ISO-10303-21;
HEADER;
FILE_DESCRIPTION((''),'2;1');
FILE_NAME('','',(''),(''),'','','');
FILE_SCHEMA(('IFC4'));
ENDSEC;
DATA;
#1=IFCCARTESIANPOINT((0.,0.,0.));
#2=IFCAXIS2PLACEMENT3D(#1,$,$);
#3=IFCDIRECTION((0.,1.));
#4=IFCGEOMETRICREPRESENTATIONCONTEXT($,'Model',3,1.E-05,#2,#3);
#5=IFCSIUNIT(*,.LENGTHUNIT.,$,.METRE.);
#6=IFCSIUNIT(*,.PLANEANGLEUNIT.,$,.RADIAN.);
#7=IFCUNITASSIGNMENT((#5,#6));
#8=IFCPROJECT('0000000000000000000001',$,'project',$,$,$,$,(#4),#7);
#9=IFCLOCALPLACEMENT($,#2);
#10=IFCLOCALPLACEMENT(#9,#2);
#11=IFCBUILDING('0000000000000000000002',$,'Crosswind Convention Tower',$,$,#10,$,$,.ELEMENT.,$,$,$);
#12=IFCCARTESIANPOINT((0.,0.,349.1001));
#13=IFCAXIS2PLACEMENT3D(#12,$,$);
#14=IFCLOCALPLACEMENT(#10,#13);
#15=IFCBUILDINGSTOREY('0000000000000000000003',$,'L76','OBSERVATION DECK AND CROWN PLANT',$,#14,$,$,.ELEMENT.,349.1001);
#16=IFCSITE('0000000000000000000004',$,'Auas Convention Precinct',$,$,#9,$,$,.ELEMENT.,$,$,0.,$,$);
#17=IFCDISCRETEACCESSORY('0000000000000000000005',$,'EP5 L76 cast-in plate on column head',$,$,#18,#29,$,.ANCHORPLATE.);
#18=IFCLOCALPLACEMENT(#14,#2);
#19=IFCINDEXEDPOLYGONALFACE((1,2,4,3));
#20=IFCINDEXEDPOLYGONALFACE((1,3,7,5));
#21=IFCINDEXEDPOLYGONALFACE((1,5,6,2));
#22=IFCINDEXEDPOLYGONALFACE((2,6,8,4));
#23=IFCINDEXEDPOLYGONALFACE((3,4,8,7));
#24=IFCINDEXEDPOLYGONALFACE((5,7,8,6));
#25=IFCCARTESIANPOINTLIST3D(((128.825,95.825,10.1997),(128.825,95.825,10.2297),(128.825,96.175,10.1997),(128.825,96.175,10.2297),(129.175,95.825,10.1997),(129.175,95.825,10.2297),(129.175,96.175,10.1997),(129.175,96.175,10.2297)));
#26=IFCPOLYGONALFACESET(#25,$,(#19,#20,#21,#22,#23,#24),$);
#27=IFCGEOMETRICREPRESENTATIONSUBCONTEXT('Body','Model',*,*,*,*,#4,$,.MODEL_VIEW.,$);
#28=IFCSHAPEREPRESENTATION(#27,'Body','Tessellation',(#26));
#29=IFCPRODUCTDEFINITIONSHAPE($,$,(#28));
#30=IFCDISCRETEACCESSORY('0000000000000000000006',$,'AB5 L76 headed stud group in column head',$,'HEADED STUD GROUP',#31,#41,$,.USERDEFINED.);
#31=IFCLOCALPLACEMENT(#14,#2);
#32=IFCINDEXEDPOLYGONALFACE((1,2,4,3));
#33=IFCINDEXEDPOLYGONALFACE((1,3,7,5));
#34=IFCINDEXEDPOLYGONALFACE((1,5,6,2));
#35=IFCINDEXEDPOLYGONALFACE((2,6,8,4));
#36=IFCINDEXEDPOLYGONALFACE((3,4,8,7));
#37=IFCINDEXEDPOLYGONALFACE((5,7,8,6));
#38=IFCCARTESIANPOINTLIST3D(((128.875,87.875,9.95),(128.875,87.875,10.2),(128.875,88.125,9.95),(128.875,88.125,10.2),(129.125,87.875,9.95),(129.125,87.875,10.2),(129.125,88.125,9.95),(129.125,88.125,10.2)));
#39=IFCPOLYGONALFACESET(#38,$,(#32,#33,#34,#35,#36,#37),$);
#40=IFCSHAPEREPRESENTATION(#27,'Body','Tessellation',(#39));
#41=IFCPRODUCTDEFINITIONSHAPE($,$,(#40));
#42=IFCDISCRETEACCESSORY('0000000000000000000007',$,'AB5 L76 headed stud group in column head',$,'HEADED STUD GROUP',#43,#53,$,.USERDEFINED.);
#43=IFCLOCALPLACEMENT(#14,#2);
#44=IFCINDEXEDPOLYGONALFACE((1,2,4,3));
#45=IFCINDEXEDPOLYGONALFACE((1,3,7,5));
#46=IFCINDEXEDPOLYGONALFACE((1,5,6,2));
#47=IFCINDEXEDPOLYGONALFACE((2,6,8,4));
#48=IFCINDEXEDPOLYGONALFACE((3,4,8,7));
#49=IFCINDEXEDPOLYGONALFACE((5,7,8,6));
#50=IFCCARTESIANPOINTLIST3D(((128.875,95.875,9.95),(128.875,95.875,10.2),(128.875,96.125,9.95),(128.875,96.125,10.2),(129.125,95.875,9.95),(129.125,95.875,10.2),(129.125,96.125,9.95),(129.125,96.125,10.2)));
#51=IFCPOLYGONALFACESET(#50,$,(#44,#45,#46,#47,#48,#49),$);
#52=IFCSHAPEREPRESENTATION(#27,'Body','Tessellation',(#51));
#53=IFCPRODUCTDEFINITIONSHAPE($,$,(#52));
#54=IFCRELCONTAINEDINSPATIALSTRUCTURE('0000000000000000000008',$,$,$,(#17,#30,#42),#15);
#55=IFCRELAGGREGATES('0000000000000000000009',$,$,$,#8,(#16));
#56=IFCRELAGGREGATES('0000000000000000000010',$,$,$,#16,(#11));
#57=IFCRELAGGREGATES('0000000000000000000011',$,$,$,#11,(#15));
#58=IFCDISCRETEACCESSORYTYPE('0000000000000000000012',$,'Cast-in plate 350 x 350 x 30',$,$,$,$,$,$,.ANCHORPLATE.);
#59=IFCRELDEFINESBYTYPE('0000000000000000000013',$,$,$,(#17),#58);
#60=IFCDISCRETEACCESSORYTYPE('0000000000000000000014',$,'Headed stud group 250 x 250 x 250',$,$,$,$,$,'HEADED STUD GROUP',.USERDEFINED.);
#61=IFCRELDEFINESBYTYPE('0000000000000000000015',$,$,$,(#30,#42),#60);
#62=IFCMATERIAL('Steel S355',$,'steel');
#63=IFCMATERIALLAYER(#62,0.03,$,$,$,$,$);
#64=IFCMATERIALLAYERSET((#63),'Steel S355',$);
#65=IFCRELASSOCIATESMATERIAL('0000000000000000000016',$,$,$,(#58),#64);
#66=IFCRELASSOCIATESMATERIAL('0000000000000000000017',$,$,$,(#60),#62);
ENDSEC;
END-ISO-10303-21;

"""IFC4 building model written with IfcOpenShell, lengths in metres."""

from ifc_helpers import new_model, si_unit, direction, frame, origin, origin_2d, place, context, subcontext, project, spatial, rectangle, extrude, material, layer, layer_set, type_object, element, save


model = new_model("IFC4")

# Units and contexts
model_context = context("Model", 3, precision=1e-05, world=origin(), true_north=direction((0.0, 1.0)))
body_context = subcontext(model_context, "Body", "Model", "MODEL_VIEW")
ifc_project = project(units=[si_unit("LENGTHUNIT", "METRE"), si_unit("PLANEANGLEUNIT", "RADIAN")], contexts=[model_context])

# Site, building, storey
site_placement = place(None, origin())
site = spatial("IfcSite", under=ifc_project, at=site_placement, Name="Auas Convention Precinct", CompositionType="ELEMENT", RefElevation=0.0)
building_placement = place(site_placement, origin())
building = spatial("IfcBuilding", under=site, at=building_placement, Name="Crosswind Convention Tower", CompositionType="ELEMENT")
storey_placement = place(building_placement, frame((0.0, 0.0, 349.1001)))
storey = spatial("IfcBuildingStorey", under=building, at=storey_placement, Name="L76", Description="OBSERVATION DECK AND CROWN PLANT", CompositionType="ELEMENT", Elevation=349.1001)

# Shared definitions
ifc_material_1 = material(Name="Steel S355", Category="steel")

# Discrete accessories
ifc_layer_1 = layer(ifc_material_1, 0.03)
ifc_layer_set_1 = layer_set([ifc_layer_1], Name="Steel S355")
discrete_accessory_type_1 = type_object("IfcDiscreteAccessoryType", Name="Cast-in plate 350 x 350 x 30", PredefinedType="ANCHORPLATE", material=ifc_layer_set_1)
for number, where, z_axis, x_axis, name in (
    (1, (129.0, 96.0, 10.1997), (0.0, 0.0, 1.0), (1.0, 0.0, 0.0), "EP5 L76 cast-in plate on column head"),
):
    element("IfcDiscreteAccessory", number, at=place(storey_placement, frame(where, z_axis=z_axis, x_axis=x_axis)), inside=storey, type_object=discrete_accessory_type_1, Name=name, PredefinedType="ANCHORPLATE", context=body_context, shape_type="SweptSolid", body=[
        extrude(rectangle(XDim=0.3501, YDim=0.3501, at=origin_2d()), origin(), (0.0, 0.0, 1.0), 0.03),
    ])
discrete_accessory_type_2 = type_object("IfcDiscreteAccessoryType", Name="Headed stud group 250 x 250 x 250", ElementType="HEADED STUD GROUP", PredefinedType="USERDEFINED", material=ifc_material_1)
for number, where, z_axis, x_axis, name in (
    (2, (129.0, 88.0, 9.95), (0.0, 0.0, 1.0), (1.0, 0.0, 0.0), "AB5 L76 headed stud group in column head"),
    (3, (129.0, 96.0, 9.95), (0.0, 0.0, 1.0), (1.0, 0.0, 0.0), "AB5 L76 headed stud group in column head"),
):
    element("IfcDiscreteAccessory", number, at=place(storey_placement, frame(where, z_axis=z_axis, x_axis=x_axis)), inside=storey, type_object=discrete_accessory_type_2, Name=name, ObjectType="HEADED STUD GROUP", PredefinedType="USERDEFINED", context=body_context, shape_type="SweptSolid", body=[
        extrude(rectangle(XDim=0.25, YDim=0.25, at=origin_2d()), origin(), (0.0, 0.0, 1.0), 0.25),
    ])

save(model, "model.ifc")
